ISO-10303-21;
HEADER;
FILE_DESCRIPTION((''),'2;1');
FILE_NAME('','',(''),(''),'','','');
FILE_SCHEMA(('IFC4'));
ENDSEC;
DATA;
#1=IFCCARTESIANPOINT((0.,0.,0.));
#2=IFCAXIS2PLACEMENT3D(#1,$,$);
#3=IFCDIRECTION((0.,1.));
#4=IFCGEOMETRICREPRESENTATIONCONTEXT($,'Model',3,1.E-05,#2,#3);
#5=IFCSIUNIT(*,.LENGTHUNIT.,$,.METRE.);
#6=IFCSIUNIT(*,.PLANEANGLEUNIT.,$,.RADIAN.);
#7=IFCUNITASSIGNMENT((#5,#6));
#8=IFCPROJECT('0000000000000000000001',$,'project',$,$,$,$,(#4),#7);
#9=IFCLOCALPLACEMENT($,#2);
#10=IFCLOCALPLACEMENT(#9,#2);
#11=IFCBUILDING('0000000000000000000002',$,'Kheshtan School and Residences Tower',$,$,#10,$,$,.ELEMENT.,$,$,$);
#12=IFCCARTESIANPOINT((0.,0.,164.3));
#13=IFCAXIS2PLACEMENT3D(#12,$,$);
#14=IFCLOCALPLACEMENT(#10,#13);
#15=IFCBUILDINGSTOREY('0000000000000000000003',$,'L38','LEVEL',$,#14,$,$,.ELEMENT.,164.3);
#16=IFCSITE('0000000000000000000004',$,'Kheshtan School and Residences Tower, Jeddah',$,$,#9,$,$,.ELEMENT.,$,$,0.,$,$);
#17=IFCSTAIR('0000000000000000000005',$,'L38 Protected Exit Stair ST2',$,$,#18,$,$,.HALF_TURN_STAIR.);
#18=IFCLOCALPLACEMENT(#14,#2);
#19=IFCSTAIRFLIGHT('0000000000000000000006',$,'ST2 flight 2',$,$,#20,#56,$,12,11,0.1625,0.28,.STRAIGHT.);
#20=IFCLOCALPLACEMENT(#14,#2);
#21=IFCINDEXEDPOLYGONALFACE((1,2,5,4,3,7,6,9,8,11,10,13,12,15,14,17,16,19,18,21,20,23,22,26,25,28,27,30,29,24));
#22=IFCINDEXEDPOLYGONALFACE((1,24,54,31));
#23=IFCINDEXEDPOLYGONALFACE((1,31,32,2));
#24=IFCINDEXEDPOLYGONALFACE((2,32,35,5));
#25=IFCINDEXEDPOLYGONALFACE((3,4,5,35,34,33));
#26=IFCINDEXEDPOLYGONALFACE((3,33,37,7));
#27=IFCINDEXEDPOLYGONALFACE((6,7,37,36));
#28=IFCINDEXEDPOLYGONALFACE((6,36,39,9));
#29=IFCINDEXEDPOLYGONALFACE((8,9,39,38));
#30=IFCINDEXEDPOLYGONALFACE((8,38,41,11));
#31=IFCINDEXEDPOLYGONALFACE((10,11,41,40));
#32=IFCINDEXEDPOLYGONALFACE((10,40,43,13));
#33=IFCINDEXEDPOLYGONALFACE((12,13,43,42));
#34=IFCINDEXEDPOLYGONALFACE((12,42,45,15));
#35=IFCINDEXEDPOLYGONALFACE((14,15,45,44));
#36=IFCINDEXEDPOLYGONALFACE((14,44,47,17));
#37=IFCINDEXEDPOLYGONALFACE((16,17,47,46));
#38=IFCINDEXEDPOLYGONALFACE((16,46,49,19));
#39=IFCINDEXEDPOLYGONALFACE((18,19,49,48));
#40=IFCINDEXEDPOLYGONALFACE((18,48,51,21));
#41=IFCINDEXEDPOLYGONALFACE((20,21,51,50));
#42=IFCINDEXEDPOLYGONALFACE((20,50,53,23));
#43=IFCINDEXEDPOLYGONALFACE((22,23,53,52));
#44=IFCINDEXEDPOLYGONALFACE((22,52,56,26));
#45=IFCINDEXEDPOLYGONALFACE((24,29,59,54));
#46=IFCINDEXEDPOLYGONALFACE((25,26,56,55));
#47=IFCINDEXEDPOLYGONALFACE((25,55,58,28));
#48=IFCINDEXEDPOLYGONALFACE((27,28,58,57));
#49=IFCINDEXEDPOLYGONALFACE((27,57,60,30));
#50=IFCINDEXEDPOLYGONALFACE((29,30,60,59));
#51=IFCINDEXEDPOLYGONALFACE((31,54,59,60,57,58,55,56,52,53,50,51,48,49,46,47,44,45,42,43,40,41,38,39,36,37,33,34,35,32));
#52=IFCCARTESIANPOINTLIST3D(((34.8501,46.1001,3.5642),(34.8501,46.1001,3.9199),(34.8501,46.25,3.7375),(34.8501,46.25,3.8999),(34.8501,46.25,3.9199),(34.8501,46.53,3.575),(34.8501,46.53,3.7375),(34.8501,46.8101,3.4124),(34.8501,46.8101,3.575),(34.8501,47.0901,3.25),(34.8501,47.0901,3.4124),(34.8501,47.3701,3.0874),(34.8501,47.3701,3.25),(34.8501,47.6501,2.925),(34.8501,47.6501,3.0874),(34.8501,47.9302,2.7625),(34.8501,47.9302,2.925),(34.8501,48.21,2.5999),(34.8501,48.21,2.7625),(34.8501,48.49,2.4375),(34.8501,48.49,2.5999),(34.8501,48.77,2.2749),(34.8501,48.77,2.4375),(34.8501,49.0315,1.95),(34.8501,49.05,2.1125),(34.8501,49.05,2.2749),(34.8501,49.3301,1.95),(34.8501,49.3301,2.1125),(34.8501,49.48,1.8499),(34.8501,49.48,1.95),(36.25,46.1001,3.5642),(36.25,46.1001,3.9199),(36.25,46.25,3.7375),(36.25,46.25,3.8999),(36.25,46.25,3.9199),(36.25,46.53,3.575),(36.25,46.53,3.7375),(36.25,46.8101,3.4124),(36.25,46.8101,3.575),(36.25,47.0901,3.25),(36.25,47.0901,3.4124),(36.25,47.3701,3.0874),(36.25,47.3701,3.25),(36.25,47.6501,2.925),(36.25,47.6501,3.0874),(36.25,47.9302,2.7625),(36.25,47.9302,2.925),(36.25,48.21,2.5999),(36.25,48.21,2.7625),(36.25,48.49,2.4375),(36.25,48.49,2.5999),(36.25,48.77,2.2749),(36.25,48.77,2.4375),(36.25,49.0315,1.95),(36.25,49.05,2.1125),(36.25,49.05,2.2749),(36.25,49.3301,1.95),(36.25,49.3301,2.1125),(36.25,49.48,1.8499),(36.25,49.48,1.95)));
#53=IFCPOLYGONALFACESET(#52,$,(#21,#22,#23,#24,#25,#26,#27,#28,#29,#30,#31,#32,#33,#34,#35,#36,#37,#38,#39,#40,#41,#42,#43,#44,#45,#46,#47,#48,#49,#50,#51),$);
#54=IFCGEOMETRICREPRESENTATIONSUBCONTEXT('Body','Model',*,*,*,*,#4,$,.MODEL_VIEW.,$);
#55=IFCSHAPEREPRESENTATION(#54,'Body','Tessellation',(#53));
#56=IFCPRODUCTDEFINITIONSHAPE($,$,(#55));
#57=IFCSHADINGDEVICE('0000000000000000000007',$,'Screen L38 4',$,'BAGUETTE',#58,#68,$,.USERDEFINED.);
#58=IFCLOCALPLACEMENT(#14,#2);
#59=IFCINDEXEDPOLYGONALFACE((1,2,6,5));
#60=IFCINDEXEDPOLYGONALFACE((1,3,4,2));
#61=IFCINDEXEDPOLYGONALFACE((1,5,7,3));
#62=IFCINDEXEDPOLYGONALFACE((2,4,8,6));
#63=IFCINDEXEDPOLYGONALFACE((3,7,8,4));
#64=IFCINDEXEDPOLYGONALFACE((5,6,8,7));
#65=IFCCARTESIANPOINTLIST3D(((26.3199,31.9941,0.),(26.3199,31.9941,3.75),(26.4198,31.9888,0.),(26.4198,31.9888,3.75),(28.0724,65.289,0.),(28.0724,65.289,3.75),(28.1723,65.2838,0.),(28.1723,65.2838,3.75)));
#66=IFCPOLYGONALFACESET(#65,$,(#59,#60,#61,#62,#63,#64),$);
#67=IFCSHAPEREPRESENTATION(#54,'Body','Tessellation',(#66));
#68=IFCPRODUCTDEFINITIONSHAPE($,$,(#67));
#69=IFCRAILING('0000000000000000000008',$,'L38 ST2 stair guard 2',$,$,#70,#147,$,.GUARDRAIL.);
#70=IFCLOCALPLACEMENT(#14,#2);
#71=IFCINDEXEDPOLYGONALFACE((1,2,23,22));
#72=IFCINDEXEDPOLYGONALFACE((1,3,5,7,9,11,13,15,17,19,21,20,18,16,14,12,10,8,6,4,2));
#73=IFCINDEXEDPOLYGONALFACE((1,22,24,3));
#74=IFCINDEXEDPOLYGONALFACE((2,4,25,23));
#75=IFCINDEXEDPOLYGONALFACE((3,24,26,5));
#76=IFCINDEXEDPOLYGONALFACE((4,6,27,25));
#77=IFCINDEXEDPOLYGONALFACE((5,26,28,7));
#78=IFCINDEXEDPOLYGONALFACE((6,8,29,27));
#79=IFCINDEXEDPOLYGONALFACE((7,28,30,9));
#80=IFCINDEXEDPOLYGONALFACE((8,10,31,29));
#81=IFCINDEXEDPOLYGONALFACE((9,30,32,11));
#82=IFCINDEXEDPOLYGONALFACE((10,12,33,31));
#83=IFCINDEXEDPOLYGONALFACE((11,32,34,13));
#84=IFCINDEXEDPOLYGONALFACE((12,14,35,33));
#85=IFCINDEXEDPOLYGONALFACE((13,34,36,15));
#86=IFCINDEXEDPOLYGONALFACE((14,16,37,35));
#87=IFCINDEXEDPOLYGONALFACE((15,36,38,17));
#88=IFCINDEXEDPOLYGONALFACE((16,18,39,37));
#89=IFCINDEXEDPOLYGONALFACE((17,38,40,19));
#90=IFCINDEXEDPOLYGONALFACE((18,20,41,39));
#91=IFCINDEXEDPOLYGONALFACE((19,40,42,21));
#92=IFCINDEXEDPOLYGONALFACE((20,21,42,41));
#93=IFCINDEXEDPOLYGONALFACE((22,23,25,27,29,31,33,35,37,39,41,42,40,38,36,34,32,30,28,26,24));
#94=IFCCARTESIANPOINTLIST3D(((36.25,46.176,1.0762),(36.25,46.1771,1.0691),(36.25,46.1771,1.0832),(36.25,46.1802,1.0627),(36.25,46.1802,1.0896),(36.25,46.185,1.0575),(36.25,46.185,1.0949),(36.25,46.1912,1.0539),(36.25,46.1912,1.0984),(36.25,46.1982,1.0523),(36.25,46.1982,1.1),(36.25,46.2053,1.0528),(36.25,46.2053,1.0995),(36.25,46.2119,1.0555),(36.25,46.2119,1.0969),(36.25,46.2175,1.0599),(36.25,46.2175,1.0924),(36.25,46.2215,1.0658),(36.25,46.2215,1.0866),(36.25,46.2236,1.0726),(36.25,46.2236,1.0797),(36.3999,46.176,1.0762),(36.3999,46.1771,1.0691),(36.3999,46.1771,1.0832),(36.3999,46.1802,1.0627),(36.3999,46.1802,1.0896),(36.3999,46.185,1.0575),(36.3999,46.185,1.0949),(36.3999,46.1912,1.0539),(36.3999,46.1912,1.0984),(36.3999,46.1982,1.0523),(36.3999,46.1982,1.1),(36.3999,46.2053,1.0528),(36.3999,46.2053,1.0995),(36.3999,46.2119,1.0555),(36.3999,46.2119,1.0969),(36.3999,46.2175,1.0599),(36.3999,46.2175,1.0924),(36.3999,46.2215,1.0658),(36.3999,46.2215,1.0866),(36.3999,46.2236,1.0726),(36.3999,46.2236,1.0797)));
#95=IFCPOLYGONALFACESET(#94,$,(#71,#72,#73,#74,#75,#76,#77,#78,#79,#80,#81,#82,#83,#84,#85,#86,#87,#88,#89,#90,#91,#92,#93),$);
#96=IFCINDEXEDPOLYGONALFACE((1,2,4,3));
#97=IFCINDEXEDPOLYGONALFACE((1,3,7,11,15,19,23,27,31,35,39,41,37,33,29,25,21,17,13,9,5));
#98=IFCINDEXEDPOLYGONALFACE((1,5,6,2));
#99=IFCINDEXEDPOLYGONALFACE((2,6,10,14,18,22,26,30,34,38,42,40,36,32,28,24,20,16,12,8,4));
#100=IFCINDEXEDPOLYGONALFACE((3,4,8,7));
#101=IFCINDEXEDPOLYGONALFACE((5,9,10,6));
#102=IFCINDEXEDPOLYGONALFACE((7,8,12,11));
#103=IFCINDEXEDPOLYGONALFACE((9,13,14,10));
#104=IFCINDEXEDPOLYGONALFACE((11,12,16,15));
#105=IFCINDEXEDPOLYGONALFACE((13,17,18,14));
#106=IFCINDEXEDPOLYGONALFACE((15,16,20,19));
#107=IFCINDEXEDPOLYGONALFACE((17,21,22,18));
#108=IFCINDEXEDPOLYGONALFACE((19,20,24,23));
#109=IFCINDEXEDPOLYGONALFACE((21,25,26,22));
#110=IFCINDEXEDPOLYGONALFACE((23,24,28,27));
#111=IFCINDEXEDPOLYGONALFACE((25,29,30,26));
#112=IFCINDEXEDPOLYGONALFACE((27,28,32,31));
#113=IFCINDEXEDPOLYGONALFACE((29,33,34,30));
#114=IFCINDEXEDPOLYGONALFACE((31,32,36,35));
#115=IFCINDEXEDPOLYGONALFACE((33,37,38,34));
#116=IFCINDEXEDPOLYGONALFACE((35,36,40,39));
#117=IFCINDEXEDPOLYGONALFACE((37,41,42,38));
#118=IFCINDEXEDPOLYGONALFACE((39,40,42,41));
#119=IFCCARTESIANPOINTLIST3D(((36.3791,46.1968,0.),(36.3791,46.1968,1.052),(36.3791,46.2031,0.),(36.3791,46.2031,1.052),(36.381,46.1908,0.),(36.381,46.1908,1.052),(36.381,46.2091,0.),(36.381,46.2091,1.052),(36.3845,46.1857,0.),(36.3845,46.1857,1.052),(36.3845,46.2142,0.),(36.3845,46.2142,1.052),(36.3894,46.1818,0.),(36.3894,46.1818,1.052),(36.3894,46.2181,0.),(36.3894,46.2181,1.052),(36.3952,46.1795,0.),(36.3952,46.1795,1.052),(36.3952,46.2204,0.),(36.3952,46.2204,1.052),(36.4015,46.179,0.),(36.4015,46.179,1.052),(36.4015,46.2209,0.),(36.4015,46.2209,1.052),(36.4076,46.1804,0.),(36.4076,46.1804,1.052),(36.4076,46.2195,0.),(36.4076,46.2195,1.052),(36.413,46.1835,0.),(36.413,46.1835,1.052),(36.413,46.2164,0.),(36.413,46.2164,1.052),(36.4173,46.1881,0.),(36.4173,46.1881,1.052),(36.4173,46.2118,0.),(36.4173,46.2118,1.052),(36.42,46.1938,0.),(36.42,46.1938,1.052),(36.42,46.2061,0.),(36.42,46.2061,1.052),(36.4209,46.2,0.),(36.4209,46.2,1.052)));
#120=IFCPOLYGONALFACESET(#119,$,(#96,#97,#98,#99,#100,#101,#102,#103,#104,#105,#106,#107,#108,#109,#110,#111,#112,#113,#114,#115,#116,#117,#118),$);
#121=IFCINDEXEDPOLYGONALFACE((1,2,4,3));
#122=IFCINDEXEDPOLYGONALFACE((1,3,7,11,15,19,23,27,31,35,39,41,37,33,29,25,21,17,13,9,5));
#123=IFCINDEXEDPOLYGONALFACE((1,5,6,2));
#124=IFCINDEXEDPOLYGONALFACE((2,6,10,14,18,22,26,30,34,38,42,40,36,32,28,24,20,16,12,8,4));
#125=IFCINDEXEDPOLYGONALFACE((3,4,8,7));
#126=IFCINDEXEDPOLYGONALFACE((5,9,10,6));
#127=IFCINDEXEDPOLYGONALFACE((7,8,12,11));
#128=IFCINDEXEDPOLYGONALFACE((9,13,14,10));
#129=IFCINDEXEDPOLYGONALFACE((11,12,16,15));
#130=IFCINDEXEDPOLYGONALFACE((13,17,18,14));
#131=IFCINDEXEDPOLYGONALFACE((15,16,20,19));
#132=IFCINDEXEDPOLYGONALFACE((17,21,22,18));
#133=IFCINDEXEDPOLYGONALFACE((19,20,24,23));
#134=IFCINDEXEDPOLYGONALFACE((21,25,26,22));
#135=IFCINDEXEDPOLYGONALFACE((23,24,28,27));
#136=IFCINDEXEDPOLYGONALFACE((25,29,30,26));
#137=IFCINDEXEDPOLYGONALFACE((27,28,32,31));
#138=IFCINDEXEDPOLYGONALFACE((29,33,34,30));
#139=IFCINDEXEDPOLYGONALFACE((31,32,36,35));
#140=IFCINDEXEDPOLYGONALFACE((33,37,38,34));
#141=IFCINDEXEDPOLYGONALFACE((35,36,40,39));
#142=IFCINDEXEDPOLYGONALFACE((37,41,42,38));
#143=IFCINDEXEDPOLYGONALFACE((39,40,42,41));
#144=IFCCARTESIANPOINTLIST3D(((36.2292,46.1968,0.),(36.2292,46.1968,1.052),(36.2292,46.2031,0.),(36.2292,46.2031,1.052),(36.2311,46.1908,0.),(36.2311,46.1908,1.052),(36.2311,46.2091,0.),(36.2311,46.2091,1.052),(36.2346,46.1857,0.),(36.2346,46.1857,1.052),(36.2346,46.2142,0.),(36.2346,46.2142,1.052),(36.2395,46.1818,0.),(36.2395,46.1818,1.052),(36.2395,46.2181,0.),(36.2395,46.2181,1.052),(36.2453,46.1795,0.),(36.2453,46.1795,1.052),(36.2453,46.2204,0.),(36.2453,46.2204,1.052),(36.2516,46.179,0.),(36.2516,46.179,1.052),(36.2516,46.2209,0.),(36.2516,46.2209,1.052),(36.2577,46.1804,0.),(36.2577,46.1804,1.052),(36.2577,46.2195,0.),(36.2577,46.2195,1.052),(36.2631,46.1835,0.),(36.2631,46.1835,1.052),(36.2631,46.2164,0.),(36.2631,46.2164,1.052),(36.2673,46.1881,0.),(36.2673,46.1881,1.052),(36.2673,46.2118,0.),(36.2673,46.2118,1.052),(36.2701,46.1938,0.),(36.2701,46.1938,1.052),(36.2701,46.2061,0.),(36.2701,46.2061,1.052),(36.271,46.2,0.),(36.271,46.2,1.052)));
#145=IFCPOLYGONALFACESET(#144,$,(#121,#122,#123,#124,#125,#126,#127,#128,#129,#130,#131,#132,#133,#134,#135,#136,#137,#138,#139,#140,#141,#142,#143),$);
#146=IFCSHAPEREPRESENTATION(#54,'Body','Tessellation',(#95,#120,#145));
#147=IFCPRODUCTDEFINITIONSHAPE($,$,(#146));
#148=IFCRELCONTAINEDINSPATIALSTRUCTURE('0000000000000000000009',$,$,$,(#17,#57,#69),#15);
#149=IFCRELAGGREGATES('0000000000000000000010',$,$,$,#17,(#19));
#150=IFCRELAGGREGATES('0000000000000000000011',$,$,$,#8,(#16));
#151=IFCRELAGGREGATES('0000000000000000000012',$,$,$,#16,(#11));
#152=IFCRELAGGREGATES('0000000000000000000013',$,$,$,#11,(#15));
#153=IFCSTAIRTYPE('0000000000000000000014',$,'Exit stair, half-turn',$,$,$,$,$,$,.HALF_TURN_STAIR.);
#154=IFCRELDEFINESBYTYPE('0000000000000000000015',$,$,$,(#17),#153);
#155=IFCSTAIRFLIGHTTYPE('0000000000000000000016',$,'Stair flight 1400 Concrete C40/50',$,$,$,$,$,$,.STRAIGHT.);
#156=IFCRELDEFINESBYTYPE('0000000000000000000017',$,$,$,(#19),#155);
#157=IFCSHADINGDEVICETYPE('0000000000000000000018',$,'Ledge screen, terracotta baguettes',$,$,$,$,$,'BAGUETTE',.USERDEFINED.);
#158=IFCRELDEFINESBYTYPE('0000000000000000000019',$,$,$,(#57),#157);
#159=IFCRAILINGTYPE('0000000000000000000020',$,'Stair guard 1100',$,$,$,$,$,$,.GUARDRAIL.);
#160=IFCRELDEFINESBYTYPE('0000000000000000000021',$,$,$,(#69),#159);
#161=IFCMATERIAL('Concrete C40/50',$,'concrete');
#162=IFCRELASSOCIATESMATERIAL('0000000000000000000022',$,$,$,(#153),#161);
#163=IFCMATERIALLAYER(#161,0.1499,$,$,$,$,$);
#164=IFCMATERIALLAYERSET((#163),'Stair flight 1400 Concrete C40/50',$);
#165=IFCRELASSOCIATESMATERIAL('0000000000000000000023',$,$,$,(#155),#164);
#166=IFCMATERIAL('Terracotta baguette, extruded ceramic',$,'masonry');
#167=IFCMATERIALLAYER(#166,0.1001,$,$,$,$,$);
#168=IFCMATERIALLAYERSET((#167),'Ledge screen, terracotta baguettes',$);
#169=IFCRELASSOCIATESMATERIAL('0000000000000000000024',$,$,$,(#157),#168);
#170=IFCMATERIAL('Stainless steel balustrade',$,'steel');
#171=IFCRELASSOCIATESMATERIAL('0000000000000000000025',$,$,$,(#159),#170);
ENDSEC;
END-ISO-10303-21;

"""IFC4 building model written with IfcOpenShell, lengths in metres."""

from ifc_helpers import new_model, si_unit, direction, frame, origin, origin_2d, place, context, subcontext, project, spatial, polyline, rectangle, circle, outline, extrude, material, layer, layer_set, type_object, element, aggregate, save


model = new_model("IFC4")

# Units and contexts
model_context = context("Model", 3, precision=1e-05, world=origin(), true_north=direction((0.0, 1.0)))
body_context = subcontext(model_context, "Body", "Model", "MODEL_VIEW")
ifc_project = project(units=[si_unit("LENGTHUNIT", "METRE"), si_unit("PLANEANGLEUNIT", "RADIAN")], contexts=[model_context])

# Site, building, storey
site_placement = place(None, origin())
site = spatial("IfcSite", under=ifc_project, at=site_placement, Name="Kheshtan School and Residences Tower, Jeddah", CompositionType="ELEMENT", RefElevation=0.0)
building_placement = place(site_placement, origin())
building = spatial("IfcBuilding", under=site, at=building_placement, Name="Kheshtan School and Residences Tower", CompositionType="ELEMENT")
storey_placement = place(building_placement, frame((0.0, 0.0, 164.3)))
storey = spatial("IfcBuildingStorey", under=building, at=storey_placement, Name="L38", Description="LEVEL", CompositionType="ELEMENT", Elevation=164.3)

# Shared definitions
ifc_material_1 = material(Name="Concrete C40/50", Category="concrete")

# Stair, stair flight
stair_type = type_object("IfcStairType", Name="Exit stair, half-turn", PredefinedType="HALF_TURN_STAIR", material=ifc_material_1)
stair_placement = place(storey_placement, origin())
stair = element("IfcStair", 1, at=stair_placement, inside=storey, type_object=stair_type, Name="L38 Protected Exit Stair ST2", PredefinedType="HALF_TURN_STAIR")
ifc_layer_1 = layer(ifc_material_1, 0.1499)
ifc_layer_set_1 = layer_set([ifc_layer_1], Name="Stair flight 1400 Concrete C40/50")
stair_flight_type = type_object("IfcStairFlightType", Name="Stair flight 1400 Concrete C40/50", PredefinedType="STRAIGHT", material=ifc_layer_set_1)
stair_flight_1_placement = place(storey_placement, frame((35.55, 49.3301, 1.95), z_axis=(0.0, 0.0, 1.0), x_axis=(0.0, -1.0, 0.0)))
stair_flight_1 = element("IfcStairFlight", 2, at=stair_flight_1_placement, type_object=stair_flight_type, Name="ST2 flight 2", NumberOfRisers=12, NumberOfTreads=11, PredefinedType="STRAIGHT", RiserHeight=0.1625, TreadLength=0.28, context=body_context, shape_type="SweptSolid", body=[
    extrude(outline(polyline([(-0.1499, -0.1001), (-0.1499, 0.0), (0.0, 0.0), (0.0, 0.1626), (0.28, 0.1626), (0.28, 0.325), (0.5601, 0.325), (0.5601, 0.4875), (0.8401, 0.4875), (0.8401, 0.6499), (1.1201, 0.6499), (1.1201, 0.8125), (1.3999, 0.8125), (1.3999, 0.9751), (1.6799, 0.9751), (1.6799, 1.1375), (1.96, 1.1375), (1.96, 1.3), (2.24, 1.3), (2.24, 1.4624), (2.52, 1.4624), (2.52, 1.625), (2.8, 1.625), (2.8, 1.7876), (3.0801, 1.7876), (3.0801, 1.95), (3.0801, 1.97), (3.23, 1.97), (3.23, 1.6143), (0.2986, 0.0), (-0.1499, -0.1001)])), frame((0.0, 0.7, 0.0), z_axis=(0.0, -1.0, 0.0), x_axis=(1.0, 0.0, 0.0)), (0.0, 0.0, 1.0), 1.3999),
])
aggregate(stair, [stair_flight_1])

# Shading device
ifc_material_2 = material(Name="Terracotta baguette, extruded ceramic", Category="masonry")
ifc_layer_2 = layer(ifc_material_2, 0.1001)
ifc_layer_set_2 = layer_set([ifc_layer_2], Name="Ledge screen, terracotta baguettes")
shading_device_type = type_object("IfcShadingDeviceType", Name="Ledge screen, terracotta baguettes", ElementType="BAGUETTE", PredefinedType="USERDEFINED", material=ifc_layer_set_2)
shading_device_placement = place(storey_placement, frame((27.2461, 48.6389, 0.0), z_axis=(0.0, 0.0, 1.0), x_axis=(0.052563, 0.998618, 0.0)))
element("IfcShadingDevice", 3, at=shading_device_placement, inside=storey, type_object=shading_device_type, Name="Screen L38 4", ObjectType="BAGUETTE", PredefinedType="USERDEFINED", context=body_context, shape_type="SweptSolid", body=[
    extrude(rectangle(XDim=33.3411, YDim=0.1001, at=origin_2d()), origin(), (0.0, 0.0, 1.0), 3.75),
])

# Railing
ifc_material_3 = material(Name="Stainless steel balustrade", Category="steel")
railing_type_1 = type_object("IfcRailingType", Name="Stair guard 1100", PredefinedType="GUARDRAIL", material=ifc_material_3)
railing_1_placement = place(storey_placement, frame((36.3999, 46.2, 0.0)))
element("IfcRailing", 4, at=railing_1_placement, inside=storey, type_object=railing_type_1, Name="L38 ST2 stair guard 2", PredefinedType="GUARDRAIL", context=body_context, shape_type="SweptSolid", body=[
    extrude(circle(Radius=0.0239, at=origin_2d()), frame((0.0, 0.0, 1.0762), z_axis=(-1.0, 0.0, 0.0), x_axis=(0.0, -1.0, 0.0)), (0.0, 0.0, 1.0), 0.1499),
    extrude(circle(Radius=0.021, at=origin_2d()), origin(), (0.0, 0.0, 1.0), 1.052),
    extrude(circle(Radius=0.021, at=origin_2d()), frame((-0.1499, 0.0, 0.0)), (0.0, 0.0, 1.0), 1.052),
])

save(model, "model.ifc")
